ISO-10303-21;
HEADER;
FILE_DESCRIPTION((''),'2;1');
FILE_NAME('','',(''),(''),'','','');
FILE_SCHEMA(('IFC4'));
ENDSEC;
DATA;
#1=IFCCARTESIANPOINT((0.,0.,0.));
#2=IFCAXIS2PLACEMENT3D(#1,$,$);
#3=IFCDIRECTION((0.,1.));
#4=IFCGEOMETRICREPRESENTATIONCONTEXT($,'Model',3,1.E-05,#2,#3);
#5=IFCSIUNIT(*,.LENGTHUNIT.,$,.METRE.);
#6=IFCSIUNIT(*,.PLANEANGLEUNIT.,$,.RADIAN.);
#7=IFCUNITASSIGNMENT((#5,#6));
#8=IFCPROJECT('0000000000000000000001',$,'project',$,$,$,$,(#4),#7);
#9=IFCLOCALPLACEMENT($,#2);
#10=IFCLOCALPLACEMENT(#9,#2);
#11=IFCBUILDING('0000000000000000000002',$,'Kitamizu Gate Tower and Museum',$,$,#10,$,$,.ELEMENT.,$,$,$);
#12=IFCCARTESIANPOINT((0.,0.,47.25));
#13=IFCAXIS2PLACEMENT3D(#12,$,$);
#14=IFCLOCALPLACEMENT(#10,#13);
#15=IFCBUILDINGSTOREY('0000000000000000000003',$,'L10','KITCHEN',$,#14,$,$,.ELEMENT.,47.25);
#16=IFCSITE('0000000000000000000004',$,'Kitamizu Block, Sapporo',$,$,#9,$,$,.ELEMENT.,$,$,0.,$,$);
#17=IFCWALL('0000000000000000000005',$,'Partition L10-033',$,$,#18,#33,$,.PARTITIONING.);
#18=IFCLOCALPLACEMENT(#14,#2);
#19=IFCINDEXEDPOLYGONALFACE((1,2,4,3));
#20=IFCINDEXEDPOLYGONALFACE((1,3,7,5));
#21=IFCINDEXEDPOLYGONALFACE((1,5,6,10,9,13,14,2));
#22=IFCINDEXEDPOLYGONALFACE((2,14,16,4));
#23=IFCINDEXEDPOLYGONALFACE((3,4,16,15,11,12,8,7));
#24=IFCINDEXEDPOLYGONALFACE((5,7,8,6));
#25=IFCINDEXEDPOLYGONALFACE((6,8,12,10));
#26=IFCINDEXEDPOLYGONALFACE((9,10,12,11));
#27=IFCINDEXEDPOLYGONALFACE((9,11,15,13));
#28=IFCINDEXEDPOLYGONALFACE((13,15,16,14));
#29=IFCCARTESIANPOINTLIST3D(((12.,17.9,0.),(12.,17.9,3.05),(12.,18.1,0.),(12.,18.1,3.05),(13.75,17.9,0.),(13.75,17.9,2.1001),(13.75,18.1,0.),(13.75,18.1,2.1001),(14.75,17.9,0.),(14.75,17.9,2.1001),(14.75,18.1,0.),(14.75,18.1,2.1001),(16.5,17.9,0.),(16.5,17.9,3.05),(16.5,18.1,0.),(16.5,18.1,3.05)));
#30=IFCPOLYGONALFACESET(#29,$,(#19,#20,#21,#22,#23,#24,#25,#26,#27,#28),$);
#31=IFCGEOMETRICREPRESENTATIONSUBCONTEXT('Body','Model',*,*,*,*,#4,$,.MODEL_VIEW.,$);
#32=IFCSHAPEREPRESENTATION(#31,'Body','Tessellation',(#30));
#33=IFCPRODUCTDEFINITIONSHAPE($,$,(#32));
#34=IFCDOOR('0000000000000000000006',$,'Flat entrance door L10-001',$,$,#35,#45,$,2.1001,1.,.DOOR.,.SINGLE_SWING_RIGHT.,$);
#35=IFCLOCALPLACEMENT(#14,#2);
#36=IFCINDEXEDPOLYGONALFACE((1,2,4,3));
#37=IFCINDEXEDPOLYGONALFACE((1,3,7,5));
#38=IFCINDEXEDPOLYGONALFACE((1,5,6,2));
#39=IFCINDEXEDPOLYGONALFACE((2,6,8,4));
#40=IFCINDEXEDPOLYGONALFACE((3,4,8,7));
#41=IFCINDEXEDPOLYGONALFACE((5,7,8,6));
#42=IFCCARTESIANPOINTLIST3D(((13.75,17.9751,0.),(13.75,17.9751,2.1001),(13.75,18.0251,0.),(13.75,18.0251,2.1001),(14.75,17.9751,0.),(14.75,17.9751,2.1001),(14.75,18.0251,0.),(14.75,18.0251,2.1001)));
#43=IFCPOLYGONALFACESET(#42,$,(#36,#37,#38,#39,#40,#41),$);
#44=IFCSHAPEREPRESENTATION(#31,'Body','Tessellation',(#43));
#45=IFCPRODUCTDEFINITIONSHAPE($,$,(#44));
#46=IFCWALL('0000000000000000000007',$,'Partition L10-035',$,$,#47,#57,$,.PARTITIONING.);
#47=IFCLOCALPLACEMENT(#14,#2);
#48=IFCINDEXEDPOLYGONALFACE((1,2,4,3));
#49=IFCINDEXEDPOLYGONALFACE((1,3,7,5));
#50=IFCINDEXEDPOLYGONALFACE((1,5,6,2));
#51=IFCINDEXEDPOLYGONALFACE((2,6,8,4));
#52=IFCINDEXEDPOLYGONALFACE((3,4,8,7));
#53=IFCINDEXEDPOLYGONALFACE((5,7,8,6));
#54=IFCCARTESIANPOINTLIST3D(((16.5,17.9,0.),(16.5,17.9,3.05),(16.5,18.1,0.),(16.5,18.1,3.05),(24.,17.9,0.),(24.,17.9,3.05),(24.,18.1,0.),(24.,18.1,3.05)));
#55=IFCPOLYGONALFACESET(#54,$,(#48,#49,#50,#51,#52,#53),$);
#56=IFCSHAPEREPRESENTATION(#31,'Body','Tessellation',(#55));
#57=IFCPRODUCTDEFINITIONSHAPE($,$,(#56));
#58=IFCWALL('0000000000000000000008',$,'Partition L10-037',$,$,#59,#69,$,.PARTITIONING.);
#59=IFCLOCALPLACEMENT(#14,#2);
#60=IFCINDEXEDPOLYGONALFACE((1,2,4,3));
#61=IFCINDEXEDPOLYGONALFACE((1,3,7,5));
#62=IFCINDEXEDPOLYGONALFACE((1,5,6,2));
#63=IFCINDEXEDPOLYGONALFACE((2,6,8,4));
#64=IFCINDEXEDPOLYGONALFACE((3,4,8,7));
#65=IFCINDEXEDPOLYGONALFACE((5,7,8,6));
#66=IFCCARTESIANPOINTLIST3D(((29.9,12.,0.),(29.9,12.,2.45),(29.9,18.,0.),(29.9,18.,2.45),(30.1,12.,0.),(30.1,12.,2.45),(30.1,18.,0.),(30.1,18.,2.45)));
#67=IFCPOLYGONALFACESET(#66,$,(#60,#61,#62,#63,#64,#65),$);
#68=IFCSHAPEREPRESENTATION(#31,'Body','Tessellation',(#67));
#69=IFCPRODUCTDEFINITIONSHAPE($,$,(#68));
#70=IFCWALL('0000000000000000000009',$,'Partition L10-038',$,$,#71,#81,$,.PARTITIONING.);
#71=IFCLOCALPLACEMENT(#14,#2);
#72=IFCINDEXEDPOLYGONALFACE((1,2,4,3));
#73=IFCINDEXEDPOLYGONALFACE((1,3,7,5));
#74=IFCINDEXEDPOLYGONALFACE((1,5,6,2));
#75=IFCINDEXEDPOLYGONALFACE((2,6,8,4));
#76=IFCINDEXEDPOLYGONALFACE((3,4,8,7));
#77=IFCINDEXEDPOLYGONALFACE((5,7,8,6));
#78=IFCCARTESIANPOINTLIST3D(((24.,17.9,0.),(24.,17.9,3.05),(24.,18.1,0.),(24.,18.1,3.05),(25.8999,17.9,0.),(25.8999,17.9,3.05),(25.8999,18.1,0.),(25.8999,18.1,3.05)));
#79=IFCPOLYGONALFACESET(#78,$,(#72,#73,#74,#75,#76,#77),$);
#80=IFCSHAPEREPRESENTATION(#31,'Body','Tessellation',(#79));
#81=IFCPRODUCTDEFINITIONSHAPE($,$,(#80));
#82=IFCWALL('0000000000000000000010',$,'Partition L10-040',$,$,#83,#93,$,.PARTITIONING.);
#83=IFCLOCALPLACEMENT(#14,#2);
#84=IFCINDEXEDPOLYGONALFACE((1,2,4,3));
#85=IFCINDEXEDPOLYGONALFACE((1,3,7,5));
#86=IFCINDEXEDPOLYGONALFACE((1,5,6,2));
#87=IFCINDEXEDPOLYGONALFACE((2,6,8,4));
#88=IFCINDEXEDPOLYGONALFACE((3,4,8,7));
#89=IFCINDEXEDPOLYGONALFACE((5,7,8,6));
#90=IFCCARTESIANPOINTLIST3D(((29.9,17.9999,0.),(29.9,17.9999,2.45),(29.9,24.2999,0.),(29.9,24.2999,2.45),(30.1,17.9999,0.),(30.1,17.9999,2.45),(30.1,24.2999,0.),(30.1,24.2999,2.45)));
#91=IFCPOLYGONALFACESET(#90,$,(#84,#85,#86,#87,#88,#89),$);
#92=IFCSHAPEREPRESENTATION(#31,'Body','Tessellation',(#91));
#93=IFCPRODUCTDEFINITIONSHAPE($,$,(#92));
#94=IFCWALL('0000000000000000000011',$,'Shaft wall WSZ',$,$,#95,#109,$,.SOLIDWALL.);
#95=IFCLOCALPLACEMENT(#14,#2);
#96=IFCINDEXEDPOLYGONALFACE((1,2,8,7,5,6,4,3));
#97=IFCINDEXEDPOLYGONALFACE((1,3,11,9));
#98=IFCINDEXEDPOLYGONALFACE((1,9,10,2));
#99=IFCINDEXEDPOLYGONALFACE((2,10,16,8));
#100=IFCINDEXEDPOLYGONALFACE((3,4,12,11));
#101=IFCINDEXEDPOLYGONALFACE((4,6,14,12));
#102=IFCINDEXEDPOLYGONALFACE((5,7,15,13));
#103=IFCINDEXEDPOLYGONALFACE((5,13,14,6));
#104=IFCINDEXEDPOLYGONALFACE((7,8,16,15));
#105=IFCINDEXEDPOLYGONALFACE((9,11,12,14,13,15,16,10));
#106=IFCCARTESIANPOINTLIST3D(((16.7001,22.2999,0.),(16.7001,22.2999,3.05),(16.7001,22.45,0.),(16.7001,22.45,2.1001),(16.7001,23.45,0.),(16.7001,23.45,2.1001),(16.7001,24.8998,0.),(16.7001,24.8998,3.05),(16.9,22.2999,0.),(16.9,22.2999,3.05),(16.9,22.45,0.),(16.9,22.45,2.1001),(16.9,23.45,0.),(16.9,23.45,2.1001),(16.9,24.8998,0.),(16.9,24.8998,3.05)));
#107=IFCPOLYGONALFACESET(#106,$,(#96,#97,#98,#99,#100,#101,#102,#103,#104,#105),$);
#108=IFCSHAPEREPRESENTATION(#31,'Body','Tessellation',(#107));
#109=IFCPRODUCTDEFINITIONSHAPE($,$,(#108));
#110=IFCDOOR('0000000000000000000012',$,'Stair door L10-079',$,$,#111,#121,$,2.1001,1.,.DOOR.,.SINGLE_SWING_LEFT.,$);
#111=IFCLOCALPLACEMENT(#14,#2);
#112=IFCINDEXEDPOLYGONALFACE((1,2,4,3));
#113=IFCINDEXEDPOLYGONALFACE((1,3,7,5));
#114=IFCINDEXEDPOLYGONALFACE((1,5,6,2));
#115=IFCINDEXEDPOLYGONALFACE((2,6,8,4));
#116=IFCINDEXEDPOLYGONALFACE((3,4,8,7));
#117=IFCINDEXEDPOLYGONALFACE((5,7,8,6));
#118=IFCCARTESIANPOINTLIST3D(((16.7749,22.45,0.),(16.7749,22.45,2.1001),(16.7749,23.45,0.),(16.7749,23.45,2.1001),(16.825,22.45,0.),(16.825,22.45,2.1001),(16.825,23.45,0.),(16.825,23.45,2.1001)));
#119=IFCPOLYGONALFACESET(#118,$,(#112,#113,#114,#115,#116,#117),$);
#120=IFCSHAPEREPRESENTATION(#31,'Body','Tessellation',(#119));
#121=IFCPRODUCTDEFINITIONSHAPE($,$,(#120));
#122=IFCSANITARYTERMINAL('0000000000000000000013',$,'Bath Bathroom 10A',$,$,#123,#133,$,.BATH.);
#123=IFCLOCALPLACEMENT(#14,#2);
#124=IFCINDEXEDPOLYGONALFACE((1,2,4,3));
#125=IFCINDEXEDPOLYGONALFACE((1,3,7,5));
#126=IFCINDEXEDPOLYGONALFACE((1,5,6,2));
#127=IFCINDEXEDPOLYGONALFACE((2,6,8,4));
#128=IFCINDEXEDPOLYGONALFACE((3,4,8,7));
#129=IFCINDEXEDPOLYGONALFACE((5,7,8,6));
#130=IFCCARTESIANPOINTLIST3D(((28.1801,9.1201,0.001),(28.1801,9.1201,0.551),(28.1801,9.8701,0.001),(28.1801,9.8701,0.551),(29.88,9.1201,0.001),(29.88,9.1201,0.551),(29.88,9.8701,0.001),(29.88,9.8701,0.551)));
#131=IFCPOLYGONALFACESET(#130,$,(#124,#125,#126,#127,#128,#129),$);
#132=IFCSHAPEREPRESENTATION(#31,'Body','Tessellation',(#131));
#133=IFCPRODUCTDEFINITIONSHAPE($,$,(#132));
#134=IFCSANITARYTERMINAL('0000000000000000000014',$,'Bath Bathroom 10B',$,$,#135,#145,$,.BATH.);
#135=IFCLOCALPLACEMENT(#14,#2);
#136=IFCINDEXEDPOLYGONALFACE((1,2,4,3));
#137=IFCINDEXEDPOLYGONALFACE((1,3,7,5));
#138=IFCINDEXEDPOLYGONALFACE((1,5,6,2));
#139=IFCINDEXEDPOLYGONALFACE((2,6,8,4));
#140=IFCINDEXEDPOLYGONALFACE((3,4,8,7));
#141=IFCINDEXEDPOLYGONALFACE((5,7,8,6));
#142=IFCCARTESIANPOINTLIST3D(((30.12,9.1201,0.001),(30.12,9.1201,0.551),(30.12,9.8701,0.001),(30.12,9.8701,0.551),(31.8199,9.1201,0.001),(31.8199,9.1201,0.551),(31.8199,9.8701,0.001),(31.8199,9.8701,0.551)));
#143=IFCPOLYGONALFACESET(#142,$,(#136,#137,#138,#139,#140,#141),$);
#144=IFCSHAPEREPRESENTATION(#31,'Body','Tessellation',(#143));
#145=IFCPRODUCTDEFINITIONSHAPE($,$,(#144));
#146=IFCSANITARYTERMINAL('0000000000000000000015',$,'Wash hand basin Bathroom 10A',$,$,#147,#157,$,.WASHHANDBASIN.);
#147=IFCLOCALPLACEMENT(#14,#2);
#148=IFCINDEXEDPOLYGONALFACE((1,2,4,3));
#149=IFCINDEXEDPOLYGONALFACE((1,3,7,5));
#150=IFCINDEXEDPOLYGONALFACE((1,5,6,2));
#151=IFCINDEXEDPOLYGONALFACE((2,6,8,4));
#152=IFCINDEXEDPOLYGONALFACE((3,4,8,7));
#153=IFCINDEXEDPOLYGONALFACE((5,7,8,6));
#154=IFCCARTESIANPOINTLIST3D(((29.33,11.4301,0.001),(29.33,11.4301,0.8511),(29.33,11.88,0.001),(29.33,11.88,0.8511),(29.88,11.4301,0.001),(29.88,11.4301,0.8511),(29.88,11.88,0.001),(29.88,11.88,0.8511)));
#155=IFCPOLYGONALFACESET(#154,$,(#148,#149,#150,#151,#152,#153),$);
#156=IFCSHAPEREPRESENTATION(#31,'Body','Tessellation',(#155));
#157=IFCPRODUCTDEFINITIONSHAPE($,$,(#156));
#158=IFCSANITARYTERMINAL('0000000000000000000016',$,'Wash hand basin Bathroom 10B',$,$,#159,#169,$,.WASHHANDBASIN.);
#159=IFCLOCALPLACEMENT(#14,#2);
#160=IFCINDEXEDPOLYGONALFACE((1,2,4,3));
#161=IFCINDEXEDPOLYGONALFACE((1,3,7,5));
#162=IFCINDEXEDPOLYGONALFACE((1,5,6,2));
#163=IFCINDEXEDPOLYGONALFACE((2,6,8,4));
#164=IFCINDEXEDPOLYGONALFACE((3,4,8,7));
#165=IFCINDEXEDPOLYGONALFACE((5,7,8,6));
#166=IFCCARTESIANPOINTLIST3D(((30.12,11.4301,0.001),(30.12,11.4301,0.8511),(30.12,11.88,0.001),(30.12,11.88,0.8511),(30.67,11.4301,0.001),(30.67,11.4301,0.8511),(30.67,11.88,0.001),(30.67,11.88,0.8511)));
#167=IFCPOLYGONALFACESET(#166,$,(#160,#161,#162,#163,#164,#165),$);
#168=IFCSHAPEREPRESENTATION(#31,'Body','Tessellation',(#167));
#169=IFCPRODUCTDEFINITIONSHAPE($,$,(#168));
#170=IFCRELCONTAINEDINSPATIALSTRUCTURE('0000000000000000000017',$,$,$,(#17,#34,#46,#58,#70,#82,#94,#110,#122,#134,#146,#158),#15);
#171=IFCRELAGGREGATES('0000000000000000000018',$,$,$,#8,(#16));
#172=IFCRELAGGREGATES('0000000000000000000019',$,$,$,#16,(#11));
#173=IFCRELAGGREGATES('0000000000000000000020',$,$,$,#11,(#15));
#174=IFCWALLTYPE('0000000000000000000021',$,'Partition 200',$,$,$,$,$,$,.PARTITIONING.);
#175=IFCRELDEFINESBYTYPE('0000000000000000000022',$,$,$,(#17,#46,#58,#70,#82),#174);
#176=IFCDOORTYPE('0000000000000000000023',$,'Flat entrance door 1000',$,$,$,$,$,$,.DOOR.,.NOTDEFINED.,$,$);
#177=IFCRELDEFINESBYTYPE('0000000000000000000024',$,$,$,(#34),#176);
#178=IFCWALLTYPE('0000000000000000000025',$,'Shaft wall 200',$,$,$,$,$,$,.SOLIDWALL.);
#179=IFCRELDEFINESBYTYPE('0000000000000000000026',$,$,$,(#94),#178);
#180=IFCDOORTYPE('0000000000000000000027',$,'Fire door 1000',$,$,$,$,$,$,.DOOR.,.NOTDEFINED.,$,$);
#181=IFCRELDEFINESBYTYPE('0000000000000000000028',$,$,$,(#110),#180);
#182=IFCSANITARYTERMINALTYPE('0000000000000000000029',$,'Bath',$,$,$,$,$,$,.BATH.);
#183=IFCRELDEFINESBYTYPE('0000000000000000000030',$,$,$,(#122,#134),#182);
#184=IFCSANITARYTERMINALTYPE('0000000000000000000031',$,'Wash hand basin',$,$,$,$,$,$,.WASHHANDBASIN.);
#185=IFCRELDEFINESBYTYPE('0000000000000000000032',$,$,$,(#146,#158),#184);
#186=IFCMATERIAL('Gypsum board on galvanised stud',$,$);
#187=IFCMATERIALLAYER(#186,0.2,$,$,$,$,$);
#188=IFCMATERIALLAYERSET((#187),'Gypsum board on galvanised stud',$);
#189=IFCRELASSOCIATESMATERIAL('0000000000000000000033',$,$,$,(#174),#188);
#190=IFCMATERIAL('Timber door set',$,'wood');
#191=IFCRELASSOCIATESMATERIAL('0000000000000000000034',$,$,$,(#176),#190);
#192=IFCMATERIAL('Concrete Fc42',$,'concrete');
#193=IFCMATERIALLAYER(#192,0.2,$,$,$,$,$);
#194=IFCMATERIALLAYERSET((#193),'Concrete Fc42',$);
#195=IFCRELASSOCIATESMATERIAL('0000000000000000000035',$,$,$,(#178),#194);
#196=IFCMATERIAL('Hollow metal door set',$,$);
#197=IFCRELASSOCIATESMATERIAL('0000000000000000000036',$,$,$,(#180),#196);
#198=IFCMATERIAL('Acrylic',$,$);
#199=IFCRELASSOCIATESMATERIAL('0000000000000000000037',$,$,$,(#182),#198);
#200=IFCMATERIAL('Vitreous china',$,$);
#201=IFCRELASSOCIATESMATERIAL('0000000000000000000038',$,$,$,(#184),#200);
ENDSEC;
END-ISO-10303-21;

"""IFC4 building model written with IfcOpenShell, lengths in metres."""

from ifc_helpers import new_model, si_unit, direction, frame, frame_2d, origin, origin_2d, place, context, subcontext, project, spatial, rectangle, extrude, material, layer, layer_set, type_object, element, fill, save


model = new_model("IFC4")

# Units and contexts
model_context = context("Model", 3, precision=1e-05, world=origin(), true_north=direction((0.0, 1.0)))
body_context = subcontext(model_context, "Body", "Model", "MODEL_VIEW")
ifc_project = project(units=[si_unit("LENGTHUNIT", "METRE"), si_unit("PLANEANGLEUNIT", "RADIAN")], contexts=[model_context])

# Site, building, storey
site_placement = place(None, origin())
site = spatial("IfcSite", under=ifc_project, at=site_placement, Name="Kitamizu Block, Sapporo", CompositionType="ELEMENT", RefElevation=0.0)
building_placement = place(site_placement, origin())
building = spatial("IfcBuilding", under=site, at=building_placement, Name="Kitamizu Gate Tower and Museum", CompositionType="ELEMENT")
storey_placement = place(building_placement, frame((0.0, 0.0, 47.25)))
storey = spatial("IfcBuildingStorey", under=building, at=storey_placement, Name="L10", Description="KITCHEN", CompositionType="ELEMENT", Elevation=47.25)

# Shared definitions
ifc_material_1 = material(Name="Gypsum board on galvanised stud")
ifc_layer_1 = layer(ifc_material_1, 0.2)
ifc_layer_set_1 = layer_set([ifc_layer_1], Name="Gypsum board on galvanised stud")
wall_type_1 = type_object("IfcWallType", Name="Partition 200", PredefinedType="PARTITIONING", material=ifc_layer_set_1)

# Wall, opening, door
wall_1_placement = place(storey_placement, frame((16.5, 18.0, 0.0), z_axis=(0.0, 0.0, 1.0), x_axis=(-1.0, 0.0, 0.0)))
wall_1 = element("IfcWall", 1, at=wall_1_placement, inside=storey, type_object=wall_type_1, Name="Partition L10-033", PredefinedType="PARTITIONING", context=body_context, shape_type="SweptSolid", body=[
    extrude(rectangle(XDim=4.5, YDim=0.2, at=frame_2d((2.25, 0.0))), origin(), (0.0, 0.0, 1.0), 3.05),
])
opening_1_placement = place(wall_1_placement, frame((1.75, 0.0, 0.0)))
opening_1 = element("IfcOpeningElement", 2, at=opening_1_placement, cuts=wall_1, PredefinedType="OPENING", context=body_context, shape_type="SweptSolid", body=[
    extrude(rectangle(XDim=1.0, YDim=2.1001, at=frame_2d((0.5, 1.05))), frame((0.0, 0.1099, 0.0), z_axis=(0.0, -1.0, 0.0), x_axis=(1.0, 0.0, 0.0)), (0.0, 0.0, 1.0), 0.22),
])
ifc_material_2 = material(Name="Timber door set", Category="wood")
door_type_1 = type_object("IfcDoorType", Name="Flat entrance door 1000", OperationType="NOTDEFINED", PredefinedType="DOOR", material=ifc_material_2)
door_1_placement = place(opening_1_placement, origin())
door_1 = element("IfcDoor", 3, at=door_1_placement, inside=storey, type_object=door_type_1, Name="Flat entrance door L10-001", OperationType="SINGLE_SWING_RIGHT", OverallHeight=2.1001, OverallWidth=1.0, PredefinedType="DOOR", context=body_context, shape_type="SweptSolid", body=[
    extrude(rectangle(XDim=1.0, YDim=2.1001, at=frame_2d((0.5, 1.05))), frame((0.0, 0.0249, 0.0), z_axis=(0.0, -1.0, 0.0), x_axis=(1.0, 0.0, 0.0)), (0.0, 0.0, 1.0), 0.05),
])
fill(opening_1, door_1)

# Walls
wall_2_placement = place(storey_placement, frame((24.0, 18.0, 0.0), z_axis=(0.0, 0.0, 1.0), x_axis=(-1.0, 0.0, 0.0)))
element("IfcWall", 4, at=wall_2_placement, inside=storey, type_object=wall_type_1, Name="Partition L10-035", PredefinedType="PARTITIONING", context=body_context, shape_type="SweptSolid", body=[
    extrude(rectangle(XDim=7.5, YDim=0.2, at=frame_2d((3.75, 0.0))), origin(), (0.0, 0.0, 1.0), 3.05),
])
wall_3_placement = place(storey_placement, frame((30.0, 12.0, 0.0), z_axis=(0.0, 0.0, 1.0), x_axis=(0.0, 1.0, 0.0)))
element("IfcWall", 5, at=wall_3_placement, inside=storey, type_object=wall_type_1, Name="Partition L10-037", PredefinedType="PARTITIONING", context=body_context, shape_type="SweptSolid", body=[
    extrude(rectangle(XDim=6.0, YDim=0.2, at=frame_2d((3.0, 0.0))), origin(), (0.0, 0.0, 1.0), 2.45),
])
wall_4_placement = place(storey_placement, frame((25.8999, 18.0, 0.0), z_axis=(0.0, 0.0, 1.0), x_axis=(-1.0, 0.0, 0.0)))
element("IfcWall", 6, at=wall_4_placement, inside=storey, type_object=wall_type_1, Name="Partition L10-038", PredefinedType="PARTITIONING", context=body_context, shape_type="SweptSolid", body=[
    extrude(rectangle(XDim=1.8999, YDim=0.2, at=frame_2d((0.95, 0.0))), origin(), (0.0, 0.0, 1.0), 3.05),
])
wall_5_placement = place(storey_placement, frame((30.0, 18.0, 0.0), z_axis=(0.0, 0.0, 1.0), x_axis=(0.0, 1.0, 0.0)))
element("IfcWall", 7, at=wall_5_placement, inside=storey, type_object=wall_type_1, Name="Partition L10-040", PredefinedType="PARTITIONING", context=body_context, shape_type="SweptSolid", body=[
    extrude(rectangle(XDim=6.3, YDim=0.2, at=frame_2d((3.1499, 0.0))), origin(), (0.0, 0.0, 1.0), 2.45),
])

# Wall, opening, door
ifc_material_3 = material(Name="Concrete Fc42", Category="concrete")
ifc_layer_2 = layer(ifc_material_3, 0.2)
ifc_layer_set_2 = layer_set([ifc_layer_2], Name="Concrete Fc42")
wall_type_2 = type_object("IfcWallType", Name="Shaft wall 200", PredefinedType="SOLIDWALL", material=ifc_layer_set_2)
wall_6_placement = place(storey_placement, frame((16.8, 22.3, 0.0), z_axis=(0.0, 0.0, 1.0), x_axis=(0.0, 1.0, 0.0)))
wall_6 = element("IfcWall", 8, at=wall_6_placement, inside=storey, type_object=wall_type_2, Name="Shaft wall WSZ", PredefinedType="SOLIDWALL", context=body_context, shape_type="SweptSolid", body=[
    extrude(rectangle(XDim=2.5999, YDim=0.2, at=frame_2d((1.2998, 0.0))), origin(), (0.0, 0.0, 1.0), 3.05),
])
opening_2_placement = place(wall_6_placement, frame((0.1499, 0.0, 0.0)))
opening_2 = element("IfcOpeningElement", 9, at=opening_2_placement, cuts=wall_6, PredefinedType="OPENING", context=body_context, shape_type="SweptSolid", body=[
    extrude(rectangle(XDim=1.0, YDim=2.1001, at=frame_2d((0.5, 1.05))), frame((0.0, 0.1099, 0.0), z_axis=(0.0, -1.0, 0.0), x_axis=(1.0, 0.0, 0.0)), (0.0, 0.0, 1.0), 0.22),
])
ifc_material_4 = material(Name="Hollow metal door set")
door_type_2 = type_object("IfcDoorType", Name="Fire door 1000", OperationType="NOTDEFINED", PredefinedType="DOOR", material=ifc_material_4)
door_2_placement = place(opening_2_placement, frame((1.0, 0.0, 0.0), x_axis=(-1.0, 0.0, 0.0)))
door_2 = element("IfcDoor", 10, at=door_2_placement, inside=storey, type_object=door_type_2, Name="Stair door L10-079", OperationType="SINGLE_SWING_LEFT", OverallHeight=2.1001, OverallWidth=1.0, PredefinedType="DOOR", context=body_context, shape_type="SweptSolid", body=[
    extrude(rectangle(XDim=1.0, YDim=2.1001, at=frame_2d((0.5, 1.05))), frame((0.0, 0.0249, 0.0), z_axis=(0.0, -1.0, 0.0), x_axis=(1.0, 0.0, 0.0)), (0.0, 0.0, 1.0), 0.05),
])
fill(opening_2, door_2)

# Sanitary terminals
ifc_material_5 = material(Name="Acrylic")
sanitary_terminal_type_1 = type_object("IfcSanitaryTerminalType", Name="Bath", PredefinedType="BATH", material=ifc_material_5)
for number, where, z_axis, x_axis, name in (
    (11, (29.03, 9.4951, 0.001), (0.0, 0.0, 1.0), (1.0, 0.0, 0.0), "Bath Bathroom 10A"),
    (12, (30.97, 9.4951, 0.001), (0.0, 0.0, 1.0), (1.0, 0.0, 0.0), "Bath Bathroom 10B"),
):
    element("IfcSanitaryTerminal", number, at=place(storey_placement, frame(where, z_axis=z_axis, x_axis=x_axis)), inside=storey, type_object=sanitary_terminal_type_1, Name=name, PredefinedType="BATH", context=body_context, shape_type="SweptSolid", body=[
        extrude(rectangle(XDim=1.7, YDim=0.75, at=origin_2d()), origin(), (0.0, 0.0, 1.0), 0.55),
    ])
ifc_material_6 = material(Name="Vitreous china")
sanitary_terminal_type_2 = type_object("IfcSanitaryTerminalType", Name="Wash hand basin", PredefinedType="WASHHANDBASIN", material=ifc_material_6)
for number, where, z_axis, x_axis, name in (
    (13, (29.605, 11.655, 0.001), (0.0, 0.0, 1.0), (1.0, 0.0, 0.0), "Wash hand basin Bathroom 10A"),
    (14, (30.395, 11.655, 0.001), (0.0, 0.0, 1.0), (1.0, 0.0, 0.0), "Wash hand basin Bathroom 10B"),
):
    element("IfcSanitaryTerminal", number, at=place(storey_placement, frame(where, z_axis=z_axis, x_axis=x_axis)), inside=storey, type_object=sanitary_terminal_type_2, Name=name, PredefinedType="WASHHANDBASIN", context=body_context, shape_type="SweptSolid", body=[
        extrude(rectangle(XDim=0.55, YDim=0.45, at=origin_2d()), origin(), (0.0, 0.0, 1.0), 0.8501),
    ])

save(model, "model.ifc")
